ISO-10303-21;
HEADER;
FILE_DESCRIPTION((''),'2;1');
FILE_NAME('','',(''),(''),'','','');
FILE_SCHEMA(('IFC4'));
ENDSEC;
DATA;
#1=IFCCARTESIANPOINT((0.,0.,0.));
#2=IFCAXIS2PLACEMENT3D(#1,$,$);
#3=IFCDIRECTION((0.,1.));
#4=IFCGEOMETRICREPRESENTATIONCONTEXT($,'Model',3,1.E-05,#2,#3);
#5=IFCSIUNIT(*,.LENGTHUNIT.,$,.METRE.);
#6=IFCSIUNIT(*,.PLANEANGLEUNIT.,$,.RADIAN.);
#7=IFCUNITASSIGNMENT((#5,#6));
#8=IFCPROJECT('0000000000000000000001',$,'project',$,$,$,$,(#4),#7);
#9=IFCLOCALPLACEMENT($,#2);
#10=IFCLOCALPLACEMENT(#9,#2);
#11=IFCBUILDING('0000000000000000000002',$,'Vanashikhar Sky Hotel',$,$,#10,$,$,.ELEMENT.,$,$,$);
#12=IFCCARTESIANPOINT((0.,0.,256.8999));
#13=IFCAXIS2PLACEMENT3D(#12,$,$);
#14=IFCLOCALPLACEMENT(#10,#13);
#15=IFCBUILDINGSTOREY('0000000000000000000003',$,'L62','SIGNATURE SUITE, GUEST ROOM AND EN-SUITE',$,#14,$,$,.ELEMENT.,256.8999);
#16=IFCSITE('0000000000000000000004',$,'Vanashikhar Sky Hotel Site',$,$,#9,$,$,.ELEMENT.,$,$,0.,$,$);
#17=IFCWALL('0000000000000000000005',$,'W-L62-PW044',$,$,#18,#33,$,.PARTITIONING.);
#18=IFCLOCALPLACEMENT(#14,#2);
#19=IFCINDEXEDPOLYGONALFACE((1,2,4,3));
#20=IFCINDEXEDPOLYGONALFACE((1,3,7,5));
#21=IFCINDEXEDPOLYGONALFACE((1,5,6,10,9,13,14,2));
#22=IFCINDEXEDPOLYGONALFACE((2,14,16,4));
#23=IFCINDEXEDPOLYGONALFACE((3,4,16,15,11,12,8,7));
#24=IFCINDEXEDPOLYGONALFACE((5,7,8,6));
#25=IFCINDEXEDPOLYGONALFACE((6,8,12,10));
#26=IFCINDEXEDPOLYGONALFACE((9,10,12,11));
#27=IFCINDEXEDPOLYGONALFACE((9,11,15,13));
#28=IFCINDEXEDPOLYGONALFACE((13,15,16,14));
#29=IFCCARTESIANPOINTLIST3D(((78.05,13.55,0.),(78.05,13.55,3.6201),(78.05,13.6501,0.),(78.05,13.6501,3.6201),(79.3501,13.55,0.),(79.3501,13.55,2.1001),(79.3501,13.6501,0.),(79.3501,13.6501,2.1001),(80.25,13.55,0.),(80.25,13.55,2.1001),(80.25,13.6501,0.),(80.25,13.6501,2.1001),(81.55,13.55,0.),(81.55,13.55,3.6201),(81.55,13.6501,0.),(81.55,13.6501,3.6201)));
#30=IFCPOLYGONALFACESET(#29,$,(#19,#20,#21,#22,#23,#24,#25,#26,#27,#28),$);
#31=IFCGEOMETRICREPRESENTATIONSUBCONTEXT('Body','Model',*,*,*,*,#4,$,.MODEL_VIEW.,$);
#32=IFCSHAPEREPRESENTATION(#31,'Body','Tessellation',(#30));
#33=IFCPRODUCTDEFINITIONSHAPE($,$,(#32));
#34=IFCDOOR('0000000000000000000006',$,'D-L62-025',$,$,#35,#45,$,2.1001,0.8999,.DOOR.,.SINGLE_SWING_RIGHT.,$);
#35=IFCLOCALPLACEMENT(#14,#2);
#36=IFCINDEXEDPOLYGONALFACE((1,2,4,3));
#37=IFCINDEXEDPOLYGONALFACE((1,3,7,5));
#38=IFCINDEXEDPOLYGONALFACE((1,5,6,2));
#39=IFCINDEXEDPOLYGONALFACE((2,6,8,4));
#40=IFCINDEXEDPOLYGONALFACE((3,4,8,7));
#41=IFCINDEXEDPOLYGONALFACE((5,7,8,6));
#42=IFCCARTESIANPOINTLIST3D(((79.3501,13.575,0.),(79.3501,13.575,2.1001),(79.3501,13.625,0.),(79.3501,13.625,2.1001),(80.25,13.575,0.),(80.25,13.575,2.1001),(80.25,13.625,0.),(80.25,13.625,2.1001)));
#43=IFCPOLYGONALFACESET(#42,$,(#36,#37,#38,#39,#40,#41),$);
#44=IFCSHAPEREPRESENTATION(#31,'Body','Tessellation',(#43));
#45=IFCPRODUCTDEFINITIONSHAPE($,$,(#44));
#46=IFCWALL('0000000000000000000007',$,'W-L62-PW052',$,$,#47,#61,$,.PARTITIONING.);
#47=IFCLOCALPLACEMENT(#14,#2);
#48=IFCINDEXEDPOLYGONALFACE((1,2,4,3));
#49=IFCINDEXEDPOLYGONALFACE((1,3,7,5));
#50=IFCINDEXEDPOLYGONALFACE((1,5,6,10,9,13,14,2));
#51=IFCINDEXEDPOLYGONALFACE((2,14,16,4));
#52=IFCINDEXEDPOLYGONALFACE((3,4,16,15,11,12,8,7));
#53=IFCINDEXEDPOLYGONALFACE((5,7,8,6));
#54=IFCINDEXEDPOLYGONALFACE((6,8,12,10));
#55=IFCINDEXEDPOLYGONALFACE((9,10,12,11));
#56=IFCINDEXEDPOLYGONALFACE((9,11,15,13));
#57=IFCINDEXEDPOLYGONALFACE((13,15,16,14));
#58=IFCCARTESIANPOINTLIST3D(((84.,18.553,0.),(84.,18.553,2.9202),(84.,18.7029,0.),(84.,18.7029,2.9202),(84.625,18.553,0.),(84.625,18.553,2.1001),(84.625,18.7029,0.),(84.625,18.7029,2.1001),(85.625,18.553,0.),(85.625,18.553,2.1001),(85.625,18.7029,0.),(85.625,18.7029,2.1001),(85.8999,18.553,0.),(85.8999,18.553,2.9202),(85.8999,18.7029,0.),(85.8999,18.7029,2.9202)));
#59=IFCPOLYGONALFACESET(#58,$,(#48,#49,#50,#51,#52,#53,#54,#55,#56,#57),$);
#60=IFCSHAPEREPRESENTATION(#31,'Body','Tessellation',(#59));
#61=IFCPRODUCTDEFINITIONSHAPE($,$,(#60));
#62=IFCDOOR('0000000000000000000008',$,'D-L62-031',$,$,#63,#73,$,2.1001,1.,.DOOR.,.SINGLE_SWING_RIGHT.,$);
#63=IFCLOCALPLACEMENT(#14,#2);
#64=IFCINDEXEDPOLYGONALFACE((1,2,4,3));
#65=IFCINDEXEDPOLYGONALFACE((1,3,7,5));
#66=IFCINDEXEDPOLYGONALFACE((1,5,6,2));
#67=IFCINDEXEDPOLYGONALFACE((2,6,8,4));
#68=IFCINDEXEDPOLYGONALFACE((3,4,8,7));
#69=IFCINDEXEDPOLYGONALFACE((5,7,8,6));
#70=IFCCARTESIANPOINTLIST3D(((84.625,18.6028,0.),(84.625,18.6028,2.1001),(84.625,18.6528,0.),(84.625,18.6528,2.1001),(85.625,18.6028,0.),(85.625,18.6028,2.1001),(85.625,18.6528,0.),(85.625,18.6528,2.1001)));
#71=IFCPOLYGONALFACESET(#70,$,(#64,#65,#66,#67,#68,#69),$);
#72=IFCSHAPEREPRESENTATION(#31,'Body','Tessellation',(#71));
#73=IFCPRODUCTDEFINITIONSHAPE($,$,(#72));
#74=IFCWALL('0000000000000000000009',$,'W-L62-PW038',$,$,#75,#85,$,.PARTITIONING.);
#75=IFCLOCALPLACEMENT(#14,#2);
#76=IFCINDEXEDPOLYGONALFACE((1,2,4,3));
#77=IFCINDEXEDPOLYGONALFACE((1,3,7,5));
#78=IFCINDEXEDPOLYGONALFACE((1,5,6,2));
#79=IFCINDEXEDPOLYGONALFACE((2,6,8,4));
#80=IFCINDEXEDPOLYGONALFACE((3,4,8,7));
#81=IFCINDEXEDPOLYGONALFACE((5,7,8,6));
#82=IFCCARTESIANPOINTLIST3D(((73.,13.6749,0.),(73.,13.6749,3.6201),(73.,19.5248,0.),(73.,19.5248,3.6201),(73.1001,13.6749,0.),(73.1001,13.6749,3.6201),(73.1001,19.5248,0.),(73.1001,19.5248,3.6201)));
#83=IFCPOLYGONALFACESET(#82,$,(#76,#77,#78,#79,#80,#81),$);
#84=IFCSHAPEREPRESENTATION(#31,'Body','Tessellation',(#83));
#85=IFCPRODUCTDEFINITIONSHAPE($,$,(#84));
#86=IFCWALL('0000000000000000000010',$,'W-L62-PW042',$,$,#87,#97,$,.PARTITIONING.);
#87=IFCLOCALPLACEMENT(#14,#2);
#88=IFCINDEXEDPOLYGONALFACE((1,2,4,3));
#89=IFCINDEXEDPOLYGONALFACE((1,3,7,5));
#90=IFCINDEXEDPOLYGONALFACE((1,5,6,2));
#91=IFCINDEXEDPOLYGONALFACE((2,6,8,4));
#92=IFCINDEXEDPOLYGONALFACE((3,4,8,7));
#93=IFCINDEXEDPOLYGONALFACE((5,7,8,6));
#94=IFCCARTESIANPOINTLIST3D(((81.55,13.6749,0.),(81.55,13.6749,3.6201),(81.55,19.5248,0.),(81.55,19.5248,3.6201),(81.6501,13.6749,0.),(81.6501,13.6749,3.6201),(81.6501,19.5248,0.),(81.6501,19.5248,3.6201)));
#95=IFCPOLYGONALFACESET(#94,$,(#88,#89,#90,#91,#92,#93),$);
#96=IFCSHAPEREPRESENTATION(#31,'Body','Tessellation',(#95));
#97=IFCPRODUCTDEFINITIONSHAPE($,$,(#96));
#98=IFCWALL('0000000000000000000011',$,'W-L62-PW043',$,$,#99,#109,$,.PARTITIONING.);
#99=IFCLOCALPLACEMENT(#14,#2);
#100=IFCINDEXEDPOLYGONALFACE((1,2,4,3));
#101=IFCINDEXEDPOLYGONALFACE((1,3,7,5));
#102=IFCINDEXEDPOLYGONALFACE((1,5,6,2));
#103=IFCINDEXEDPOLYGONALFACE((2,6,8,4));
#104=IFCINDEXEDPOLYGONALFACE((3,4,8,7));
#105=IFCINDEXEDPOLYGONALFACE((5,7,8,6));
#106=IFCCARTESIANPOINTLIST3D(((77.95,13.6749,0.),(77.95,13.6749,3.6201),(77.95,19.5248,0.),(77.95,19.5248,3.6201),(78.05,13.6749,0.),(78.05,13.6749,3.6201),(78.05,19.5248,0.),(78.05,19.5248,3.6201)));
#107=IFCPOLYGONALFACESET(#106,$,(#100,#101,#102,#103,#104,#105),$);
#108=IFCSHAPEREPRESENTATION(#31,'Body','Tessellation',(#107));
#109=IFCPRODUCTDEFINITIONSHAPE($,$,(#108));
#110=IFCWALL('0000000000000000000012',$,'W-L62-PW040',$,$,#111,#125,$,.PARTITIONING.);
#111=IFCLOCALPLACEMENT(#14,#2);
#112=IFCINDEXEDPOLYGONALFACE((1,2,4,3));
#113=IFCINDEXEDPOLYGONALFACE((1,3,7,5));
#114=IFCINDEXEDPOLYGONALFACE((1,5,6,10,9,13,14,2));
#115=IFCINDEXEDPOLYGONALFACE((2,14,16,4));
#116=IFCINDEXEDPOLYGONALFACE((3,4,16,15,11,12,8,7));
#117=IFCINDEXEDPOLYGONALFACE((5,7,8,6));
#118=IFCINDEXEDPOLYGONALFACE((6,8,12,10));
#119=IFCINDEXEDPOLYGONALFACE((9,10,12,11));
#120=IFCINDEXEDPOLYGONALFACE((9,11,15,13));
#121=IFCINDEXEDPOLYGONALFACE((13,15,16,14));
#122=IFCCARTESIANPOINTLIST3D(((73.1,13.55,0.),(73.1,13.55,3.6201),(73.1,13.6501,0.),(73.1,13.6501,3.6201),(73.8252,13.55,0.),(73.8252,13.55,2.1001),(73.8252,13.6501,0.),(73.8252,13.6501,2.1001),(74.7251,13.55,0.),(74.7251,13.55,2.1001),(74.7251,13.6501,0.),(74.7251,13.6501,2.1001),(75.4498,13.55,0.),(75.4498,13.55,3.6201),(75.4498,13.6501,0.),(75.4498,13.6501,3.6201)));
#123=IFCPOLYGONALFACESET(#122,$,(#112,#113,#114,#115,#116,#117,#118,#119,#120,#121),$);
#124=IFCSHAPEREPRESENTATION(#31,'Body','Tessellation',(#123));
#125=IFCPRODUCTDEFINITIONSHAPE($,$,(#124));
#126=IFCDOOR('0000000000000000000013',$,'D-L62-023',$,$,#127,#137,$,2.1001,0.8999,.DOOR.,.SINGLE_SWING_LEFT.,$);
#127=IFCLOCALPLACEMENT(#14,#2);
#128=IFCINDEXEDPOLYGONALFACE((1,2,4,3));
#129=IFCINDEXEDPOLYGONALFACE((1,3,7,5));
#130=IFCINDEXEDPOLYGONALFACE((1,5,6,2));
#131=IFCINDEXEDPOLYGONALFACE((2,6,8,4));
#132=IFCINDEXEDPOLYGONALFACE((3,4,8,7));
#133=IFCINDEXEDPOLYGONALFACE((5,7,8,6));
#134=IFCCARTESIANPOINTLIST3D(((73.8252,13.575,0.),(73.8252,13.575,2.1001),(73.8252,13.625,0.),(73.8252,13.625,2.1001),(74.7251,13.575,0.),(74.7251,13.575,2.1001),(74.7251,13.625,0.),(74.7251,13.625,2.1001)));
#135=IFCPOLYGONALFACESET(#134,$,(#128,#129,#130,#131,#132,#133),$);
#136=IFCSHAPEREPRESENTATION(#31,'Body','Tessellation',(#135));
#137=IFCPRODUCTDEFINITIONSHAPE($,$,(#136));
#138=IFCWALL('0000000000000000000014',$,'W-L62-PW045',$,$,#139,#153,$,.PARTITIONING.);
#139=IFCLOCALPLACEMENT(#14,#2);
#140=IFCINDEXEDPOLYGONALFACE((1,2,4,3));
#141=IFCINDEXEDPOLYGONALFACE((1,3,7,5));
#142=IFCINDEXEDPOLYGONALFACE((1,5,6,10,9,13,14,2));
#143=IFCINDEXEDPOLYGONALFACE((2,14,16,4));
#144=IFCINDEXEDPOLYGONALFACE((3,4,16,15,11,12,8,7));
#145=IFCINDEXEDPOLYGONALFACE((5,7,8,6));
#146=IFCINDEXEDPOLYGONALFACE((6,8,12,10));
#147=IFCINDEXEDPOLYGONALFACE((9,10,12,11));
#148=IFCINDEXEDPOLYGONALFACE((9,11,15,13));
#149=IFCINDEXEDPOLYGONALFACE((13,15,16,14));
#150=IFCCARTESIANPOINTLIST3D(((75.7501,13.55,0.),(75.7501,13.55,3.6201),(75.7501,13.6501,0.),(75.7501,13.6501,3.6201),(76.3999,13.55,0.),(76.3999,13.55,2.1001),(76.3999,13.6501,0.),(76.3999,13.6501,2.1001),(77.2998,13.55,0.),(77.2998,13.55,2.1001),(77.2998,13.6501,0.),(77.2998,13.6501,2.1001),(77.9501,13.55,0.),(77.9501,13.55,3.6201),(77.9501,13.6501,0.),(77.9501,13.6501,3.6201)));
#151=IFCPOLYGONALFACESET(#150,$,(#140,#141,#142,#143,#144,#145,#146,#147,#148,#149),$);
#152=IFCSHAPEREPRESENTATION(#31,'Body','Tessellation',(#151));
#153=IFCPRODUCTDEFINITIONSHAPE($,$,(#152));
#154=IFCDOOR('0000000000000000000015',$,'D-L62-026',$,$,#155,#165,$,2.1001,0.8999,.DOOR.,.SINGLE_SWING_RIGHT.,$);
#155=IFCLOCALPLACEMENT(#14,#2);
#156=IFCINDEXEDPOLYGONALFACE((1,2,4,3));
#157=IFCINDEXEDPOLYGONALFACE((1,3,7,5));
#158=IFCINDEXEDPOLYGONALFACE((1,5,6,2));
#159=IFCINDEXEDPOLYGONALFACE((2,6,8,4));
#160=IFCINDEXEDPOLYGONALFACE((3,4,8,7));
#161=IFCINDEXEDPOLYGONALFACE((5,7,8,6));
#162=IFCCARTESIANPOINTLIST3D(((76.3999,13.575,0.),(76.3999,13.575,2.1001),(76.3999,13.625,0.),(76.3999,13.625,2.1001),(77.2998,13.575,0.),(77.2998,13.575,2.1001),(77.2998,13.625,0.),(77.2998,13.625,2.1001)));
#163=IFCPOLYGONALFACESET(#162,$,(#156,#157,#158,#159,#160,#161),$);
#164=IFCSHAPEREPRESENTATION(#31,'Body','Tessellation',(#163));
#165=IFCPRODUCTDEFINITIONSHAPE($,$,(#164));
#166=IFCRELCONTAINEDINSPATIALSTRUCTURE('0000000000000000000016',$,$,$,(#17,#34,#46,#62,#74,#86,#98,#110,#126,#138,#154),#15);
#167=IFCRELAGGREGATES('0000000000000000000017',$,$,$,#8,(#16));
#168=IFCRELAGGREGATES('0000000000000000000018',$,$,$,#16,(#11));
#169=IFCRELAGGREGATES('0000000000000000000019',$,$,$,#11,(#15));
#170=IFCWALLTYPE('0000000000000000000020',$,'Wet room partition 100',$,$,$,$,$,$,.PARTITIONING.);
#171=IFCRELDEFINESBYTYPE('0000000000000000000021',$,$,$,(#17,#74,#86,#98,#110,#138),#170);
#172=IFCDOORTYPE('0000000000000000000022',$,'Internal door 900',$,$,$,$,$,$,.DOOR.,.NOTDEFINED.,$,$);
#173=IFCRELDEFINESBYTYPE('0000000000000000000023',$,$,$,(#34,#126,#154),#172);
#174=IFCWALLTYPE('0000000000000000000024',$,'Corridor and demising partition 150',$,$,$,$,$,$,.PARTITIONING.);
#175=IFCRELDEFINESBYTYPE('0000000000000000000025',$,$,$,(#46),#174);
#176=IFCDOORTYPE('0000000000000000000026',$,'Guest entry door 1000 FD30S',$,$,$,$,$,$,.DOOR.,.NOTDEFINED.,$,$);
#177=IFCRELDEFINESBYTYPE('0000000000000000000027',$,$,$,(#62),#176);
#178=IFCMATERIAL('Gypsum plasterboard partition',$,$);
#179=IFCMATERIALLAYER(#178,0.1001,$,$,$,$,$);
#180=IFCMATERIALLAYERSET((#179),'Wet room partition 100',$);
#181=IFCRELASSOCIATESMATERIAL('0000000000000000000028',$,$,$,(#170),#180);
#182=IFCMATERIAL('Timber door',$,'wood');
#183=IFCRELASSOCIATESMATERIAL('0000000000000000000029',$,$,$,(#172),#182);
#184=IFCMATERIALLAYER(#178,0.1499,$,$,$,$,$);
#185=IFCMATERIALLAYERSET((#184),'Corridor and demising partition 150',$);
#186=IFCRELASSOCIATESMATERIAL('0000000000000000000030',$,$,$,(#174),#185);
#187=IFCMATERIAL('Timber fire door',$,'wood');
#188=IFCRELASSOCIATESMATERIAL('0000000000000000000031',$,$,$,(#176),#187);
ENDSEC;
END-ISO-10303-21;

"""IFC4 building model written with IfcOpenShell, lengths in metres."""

from ifc_helpers import new_model, si_unit, direction, frame, frame_2d, origin, place, context, subcontext, project, spatial, rectangle, extrude, source, transform, mapped, material, layer, layer_set, type_object, element, fill, save


model = new_model("IFC4")

# Units and contexts
model_context = context("Model", 3, precision=1e-05, world=origin(), true_north=direction((0.0, 1.0)))
body_context = subcontext(model_context, "Body", "Model", "MODEL_VIEW")
ifc_project = project(units=[si_unit("LENGTHUNIT", "METRE"), si_unit("PLANEANGLEUNIT", "RADIAN")], contexts=[model_context])

# Site, building, storey
site_placement = place(None, origin())
site = spatial("IfcSite", under=ifc_project, at=site_placement, Name="Vanashikhar Sky Hotel Site", CompositionType="ELEMENT", RefElevation=0.0)
building_placement = place(site_placement, origin())
building = spatial("IfcBuilding", under=site, at=building_placement, Name="Vanashikhar Sky Hotel", CompositionType="ELEMENT")
storey_placement = place(building_placement, frame((0.0, 0.0, 256.8999)))
storey = spatial("IfcBuildingStorey", under=building, at=storey_placement, Name="L62", Description="SIGNATURE SUITE, GUEST ROOM AND EN-SUITE", CompositionType="ELEMENT", Elevation=256.8999)

# Walls, openings, doors
ifc_material_1 = material(Name="Gypsum plasterboard partition")
ifc_layer_1 = layer(ifc_material_1, 0.1001)
ifc_layer_set_1 = layer_set([ifc_layer_1], Name="Wet room partition 100")
wall_type_1 = type_object("IfcWallType", Name="Wet room partition 100", PredefinedType="PARTITIONING", material=ifc_layer_set_1)
shared_shape_1 = source(origin(), body_context, "Body", "SweptSolid", [
    extrude(rectangle(XDim=3.5, YDim=0.1001, at=frame_2d((1.75, 0.0))), origin(), (0.0, 0.0, 1.0), 3.6201),
])
wall_1_placement = place(storey_placement, frame((78.05, 13.6001, 0.0), z_axis=(0.0, 0.0, 1.0), x_axis=(1.0, 0.0, 0.0)))
wall_1 = element("IfcWall", 1, at=wall_1_placement, inside=storey, type_object=wall_type_1, Name="W-L62-PW044", PredefinedType="PARTITIONING", context=body_context, shape_type="MappedRepresentation", body=[
    mapped(shared_shape_1, transform((0.0, 0.0, 0.0), scale=1.0)),
])
shared_shape_2 = source(origin(), body_context, "Body", "SweptSolid", [
    extrude(rectangle(XDim=0.8999, YDim=2.1001, at=frame_2d((0.45, 1.05))), frame((0.0, 0.0601, 0.0), z_axis=(0.0, -1.0, 0.0), x_axis=(1.0, 0.0, 0.0)), (0.0, 0.0, 1.0), 0.1201),
])
opening_1_placement = place(wall_1_placement, frame((1.3, 0.0, 0.0)))
opening_1 = element("IfcOpeningElement", 2, at=opening_1_placement, cuts=wall_1, PredefinedType="OPENING", context=body_context, shape_type="MappedRepresentation", body=[
    mapped(shared_shape_2, transform((0.0, 0.0, 0.0), scale=1.0)),
])
ifc_material_2 = material(Name="Timber door", Category="wood")
door_type_1 = type_object("IfcDoorType", Name="Internal door 900", OperationType="NOTDEFINED", PredefinedType="DOOR", material=ifc_material_2)
shared_shape_3 = source(origin(), body_context, "Body", "SweptSolid", [
    extrude(rectangle(XDim=0.8999, YDim=2.1001, at=frame_2d((0.45, 1.05))), frame((0.0, 0.0249, 0.0), z_axis=(0.0, -1.0, 0.0), x_axis=(1.0, 0.0, 0.0)), (0.0, 0.0, 1.0), 0.05),
])
door_1_placement = place(opening_1_placement, origin())
door_1 = element("IfcDoor", 3, at=door_1_placement, inside=storey, type_object=door_type_1, Name="D-L62-025", OperationType="SINGLE_SWING_RIGHT", OverallHeight=2.1001, OverallWidth=0.8999, PredefinedType="DOOR", context=body_context, shape_type="MappedRepresentation", body=[
    mapped(shared_shape_3, transform((0.0, 0.0, 0.0), scale=1.0)),
])
fill(opening_1, door_1)
ifc_layer_2 = layer(ifc_material_1, 0.1499)
ifc_layer_set_2 = layer_set([ifc_layer_2], Name="Corridor and demising partition 150")
wall_type_2 = type_object("IfcWallType", Name="Corridor and demising partition 150", PredefinedType="PARTITIONING", material=ifc_layer_set_2)
shared_shape_4 = source(origin(), body_context, "Body", "SweptSolid", [
    extrude(rectangle(XDim=1.8999, YDim=0.1499, at=frame_2d((0.95, 0.0))), origin(), (0.0, 0.0, 1.0), 2.9202),
])
wall_2_placement = place(storey_placement, frame((84.0, 18.6279, 0.0), z_axis=(0.0, 0.0, 1.0), x_axis=(1.0, 0.0, 0.0)))
wall_2 = element("IfcWall", 4, at=wall_2_placement, inside=storey, type_object=wall_type_2, Name="W-L62-PW052", PredefinedType="PARTITIONING", context=body_context, shape_type="MappedRepresentation", body=[
    mapped(shared_shape_4, transform((0.0, 0.0, 0.0), scale=1.0)),
])
shared_shape_5 = source(origin(), body_context, "Body", "SweptSolid", [
    extrude(rectangle(XDim=1.0, YDim=2.1001, at=frame_2d((0.5, 1.05))), frame((0.0, 0.085, 0.0), z_axis=(0.0, -1.0, 0.0), x_axis=(1.0, 0.0, 0.0)), (0.0, 0.0, 1.0), 0.1699),
])
opening_2_placement = place(wall_2_placement, frame((0.625, 0.0, 0.0)))
opening_2 = element("IfcOpeningElement", 5, at=opening_2_placement, cuts=wall_2, PredefinedType="OPENING", context=body_context, shape_type="MappedRepresentation", body=[
    mapped(shared_shape_5, transform((0.0, 0.0, 0.0), scale=1.0)),
])
ifc_material_3 = material(Name="Timber fire door", Category="wood")
door_type_2 = type_object("IfcDoorType", Name="Guest entry door 1000 FD30S", OperationType="NOTDEFINED", PredefinedType="DOOR", material=ifc_material_3)
shared_shape_6 = source(origin(), body_context, "Body", "SweptSolid", [
    extrude(rectangle(XDim=1.0, YDim=2.1001, at=frame_2d((0.5, 1.05))), frame((0.0, 0.0249, 0.0), z_axis=(0.0, -1.0, 0.0), x_axis=(1.0, 0.0, 0.0)), (0.0, 0.0, 1.0), 0.05),
])
door_2_placement = place(opening_2_placement, origin())
door_2 = element("IfcDoor", 6, at=door_2_placement, inside=storey, type_object=door_type_2, Name="D-L62-031", OperationType="SINGLE_SWING_RIGHT", OverallHeight=2.1001, OverallWidth=1.0, PredefinedType="DOOR", context=body_context, shape_type="MappedRepresentation", body=[
    mapped(shared_shape_6, transform((0.0, 0.0, 0.0), scale=1.0)),
])
fill(opening_2, door_2)

# Walls
shared_shape_7 = source(origin(), body_context, "Body", "SweptSolid", [
    extrude(rectangle(XDim=5.8499, YDim=0.1001, at=frame_2d((2.9248, 0.0))), origin(), (0.0, 0.0, 1.0), 3.6201),
])
for number, where, z_axis, x_axis, name in (
    (7, (73.05, 13.675, 0.0), (0.0, 0.0, 1.0), (0.0, 1.0, 0.0), "W-L62-PW038"),
    (8, (81.6001, 13.675, 0.0), (0.0, 0.0, 1.0), (0.0, 1.0, 0.0), "W-L62-PW042"),
    (9, (78.0, 13.675, 0.0), (0.0, 0.0, 1.0), (0.0, 1.0, 0.0), "W-L62-PW043"),
):
    element("IfcWall", number, at=place(storey_placement, frame(where, z_axis=z_axis, x_axis=x_axis)), inside=storey, type_object=wall_type_1, Name=name, PredefinedType="PARTITIONING", context=body_context, shape_type="MappedRepresentation", body=[
        mapped(shared_shape_7, transform((0.0, 0.0, 0.0), scale=1.0)),
    ])

# Walls, openings, doors
shared_shape_8 = source(origin(), body_context, "Body", "SweptSolid", [
    extrude(rectangle(XDim=2.3499, YDim=0.1001, at=frame_2d((1.1748, 0.0))), origin(), (0.0, 0.0, 1.0), 3.6201),
])
wall_3_placement = place(storey_placement, frame((73.1001, 13.6001, 0.0), z_axis=(0.0, 0.0, 1.0), x_axis=(1.0, 0.0, 0.0)))
wall_3 = element("IfcWall", 10, at=wall_3_placement, inside=storey, type_object=wall_type_1, Name="W-L62-PW040", PredefinedType="PARTITIONING", context=body_context, shape_type="MappedRepresentation", body=[
    mapped(shared_shape_8, transform((0.0, 0.0, 0.0), scale=1.0)),
])
opening_3_placement = place(wall_3_placement, frame((0.7251, 0.0, 0.0)))
opening_3 = element("IfcOpeningElement", 11, at=opening_3_placement, cuts=wall_3, PredefinedType="OPENING", context=body_context, shape_type="MappedRepresentation", body=[
    mapped(shared_shape_2, transform((0.0, 0.0, 0.0), scale=1.0)),
])
door_3_placement = place(opening_3_placement, origin())
door_3 = element("IfcDoor", 12, at=door_3_placement, inside=storey, type_object=door_type_1, Name="D-L62-023", OperationType="SINGLE_SWING_LEFT", OverallHeight=2.1001, OverallWidth=0.8999, PredefinedType="DOOR", context=body_context, shape_type="MappedRepresentation", body=[
    mapped(shared_shape_3, transform((0.0, 0.0, 0.0), scale=1.0)),
])
fill(opening_3, door_3)
shared_shape_9 = source(origin(), body_context, "Body", "SweptSolid", [
    extrude(rectangle(XDim=2.2, YDim=0.1001, at=frame_2d((1.1001, 0.0))), origin(), (0.0, 0.0, 1.0), 3.6201),
])
wall_4_placement = place(storey_placement, frame((75.75, 13.6001, 0.0), z_axis=(0.0, 0.0, 1.0), x_axis=(1.0, 0.0, 0.0)))
wall_4 = element("IfcWall", 13, at=wall_4_placement, inside=storey, type_object=wall_type_1, Name="W-L62-PW045", PredefinedType="PARTITIONING", context=body_context, shape_type="MappedRepresentation", body=[
    mapped(shared_shape_9, transform((0.0, 0.0, 0.0), scale=1.0)),
])
opening_4_placement = place(wall_4_placement, frame((0.6499, 0.0, 0.0)))
opening_4 = element("IfcOpeningElement", 14, at=opening_4_placement, cuts=wall_4, PredefinedType="OPENING", context=body_context, shape_type="MappedRepresentation", body=[
    mapped(shared_shape_2, transform((0.0, 0.0, 0.0), scale=1.0)),
])
door_4_placement = place(opening_4_placement, origin())
door_4 = element("IfcDoor", 15, at=door_4_placement, inside=storey, type_object=door_type_1, Name="D-L62-026", OperationType="SINGLE_SWING_RIGHT", OverallHeight=2.1001, OverallWidth=0.8999, PredefinedType="DOOR", context=body_context, shape_type="MappedRepresentation", body=[
    mapped(shared_shape_3, transform((0.0, 0.0, 0.0), scale=1.0)),
])
fill(opening_4, door_4)

save(model, "model.ifc")
